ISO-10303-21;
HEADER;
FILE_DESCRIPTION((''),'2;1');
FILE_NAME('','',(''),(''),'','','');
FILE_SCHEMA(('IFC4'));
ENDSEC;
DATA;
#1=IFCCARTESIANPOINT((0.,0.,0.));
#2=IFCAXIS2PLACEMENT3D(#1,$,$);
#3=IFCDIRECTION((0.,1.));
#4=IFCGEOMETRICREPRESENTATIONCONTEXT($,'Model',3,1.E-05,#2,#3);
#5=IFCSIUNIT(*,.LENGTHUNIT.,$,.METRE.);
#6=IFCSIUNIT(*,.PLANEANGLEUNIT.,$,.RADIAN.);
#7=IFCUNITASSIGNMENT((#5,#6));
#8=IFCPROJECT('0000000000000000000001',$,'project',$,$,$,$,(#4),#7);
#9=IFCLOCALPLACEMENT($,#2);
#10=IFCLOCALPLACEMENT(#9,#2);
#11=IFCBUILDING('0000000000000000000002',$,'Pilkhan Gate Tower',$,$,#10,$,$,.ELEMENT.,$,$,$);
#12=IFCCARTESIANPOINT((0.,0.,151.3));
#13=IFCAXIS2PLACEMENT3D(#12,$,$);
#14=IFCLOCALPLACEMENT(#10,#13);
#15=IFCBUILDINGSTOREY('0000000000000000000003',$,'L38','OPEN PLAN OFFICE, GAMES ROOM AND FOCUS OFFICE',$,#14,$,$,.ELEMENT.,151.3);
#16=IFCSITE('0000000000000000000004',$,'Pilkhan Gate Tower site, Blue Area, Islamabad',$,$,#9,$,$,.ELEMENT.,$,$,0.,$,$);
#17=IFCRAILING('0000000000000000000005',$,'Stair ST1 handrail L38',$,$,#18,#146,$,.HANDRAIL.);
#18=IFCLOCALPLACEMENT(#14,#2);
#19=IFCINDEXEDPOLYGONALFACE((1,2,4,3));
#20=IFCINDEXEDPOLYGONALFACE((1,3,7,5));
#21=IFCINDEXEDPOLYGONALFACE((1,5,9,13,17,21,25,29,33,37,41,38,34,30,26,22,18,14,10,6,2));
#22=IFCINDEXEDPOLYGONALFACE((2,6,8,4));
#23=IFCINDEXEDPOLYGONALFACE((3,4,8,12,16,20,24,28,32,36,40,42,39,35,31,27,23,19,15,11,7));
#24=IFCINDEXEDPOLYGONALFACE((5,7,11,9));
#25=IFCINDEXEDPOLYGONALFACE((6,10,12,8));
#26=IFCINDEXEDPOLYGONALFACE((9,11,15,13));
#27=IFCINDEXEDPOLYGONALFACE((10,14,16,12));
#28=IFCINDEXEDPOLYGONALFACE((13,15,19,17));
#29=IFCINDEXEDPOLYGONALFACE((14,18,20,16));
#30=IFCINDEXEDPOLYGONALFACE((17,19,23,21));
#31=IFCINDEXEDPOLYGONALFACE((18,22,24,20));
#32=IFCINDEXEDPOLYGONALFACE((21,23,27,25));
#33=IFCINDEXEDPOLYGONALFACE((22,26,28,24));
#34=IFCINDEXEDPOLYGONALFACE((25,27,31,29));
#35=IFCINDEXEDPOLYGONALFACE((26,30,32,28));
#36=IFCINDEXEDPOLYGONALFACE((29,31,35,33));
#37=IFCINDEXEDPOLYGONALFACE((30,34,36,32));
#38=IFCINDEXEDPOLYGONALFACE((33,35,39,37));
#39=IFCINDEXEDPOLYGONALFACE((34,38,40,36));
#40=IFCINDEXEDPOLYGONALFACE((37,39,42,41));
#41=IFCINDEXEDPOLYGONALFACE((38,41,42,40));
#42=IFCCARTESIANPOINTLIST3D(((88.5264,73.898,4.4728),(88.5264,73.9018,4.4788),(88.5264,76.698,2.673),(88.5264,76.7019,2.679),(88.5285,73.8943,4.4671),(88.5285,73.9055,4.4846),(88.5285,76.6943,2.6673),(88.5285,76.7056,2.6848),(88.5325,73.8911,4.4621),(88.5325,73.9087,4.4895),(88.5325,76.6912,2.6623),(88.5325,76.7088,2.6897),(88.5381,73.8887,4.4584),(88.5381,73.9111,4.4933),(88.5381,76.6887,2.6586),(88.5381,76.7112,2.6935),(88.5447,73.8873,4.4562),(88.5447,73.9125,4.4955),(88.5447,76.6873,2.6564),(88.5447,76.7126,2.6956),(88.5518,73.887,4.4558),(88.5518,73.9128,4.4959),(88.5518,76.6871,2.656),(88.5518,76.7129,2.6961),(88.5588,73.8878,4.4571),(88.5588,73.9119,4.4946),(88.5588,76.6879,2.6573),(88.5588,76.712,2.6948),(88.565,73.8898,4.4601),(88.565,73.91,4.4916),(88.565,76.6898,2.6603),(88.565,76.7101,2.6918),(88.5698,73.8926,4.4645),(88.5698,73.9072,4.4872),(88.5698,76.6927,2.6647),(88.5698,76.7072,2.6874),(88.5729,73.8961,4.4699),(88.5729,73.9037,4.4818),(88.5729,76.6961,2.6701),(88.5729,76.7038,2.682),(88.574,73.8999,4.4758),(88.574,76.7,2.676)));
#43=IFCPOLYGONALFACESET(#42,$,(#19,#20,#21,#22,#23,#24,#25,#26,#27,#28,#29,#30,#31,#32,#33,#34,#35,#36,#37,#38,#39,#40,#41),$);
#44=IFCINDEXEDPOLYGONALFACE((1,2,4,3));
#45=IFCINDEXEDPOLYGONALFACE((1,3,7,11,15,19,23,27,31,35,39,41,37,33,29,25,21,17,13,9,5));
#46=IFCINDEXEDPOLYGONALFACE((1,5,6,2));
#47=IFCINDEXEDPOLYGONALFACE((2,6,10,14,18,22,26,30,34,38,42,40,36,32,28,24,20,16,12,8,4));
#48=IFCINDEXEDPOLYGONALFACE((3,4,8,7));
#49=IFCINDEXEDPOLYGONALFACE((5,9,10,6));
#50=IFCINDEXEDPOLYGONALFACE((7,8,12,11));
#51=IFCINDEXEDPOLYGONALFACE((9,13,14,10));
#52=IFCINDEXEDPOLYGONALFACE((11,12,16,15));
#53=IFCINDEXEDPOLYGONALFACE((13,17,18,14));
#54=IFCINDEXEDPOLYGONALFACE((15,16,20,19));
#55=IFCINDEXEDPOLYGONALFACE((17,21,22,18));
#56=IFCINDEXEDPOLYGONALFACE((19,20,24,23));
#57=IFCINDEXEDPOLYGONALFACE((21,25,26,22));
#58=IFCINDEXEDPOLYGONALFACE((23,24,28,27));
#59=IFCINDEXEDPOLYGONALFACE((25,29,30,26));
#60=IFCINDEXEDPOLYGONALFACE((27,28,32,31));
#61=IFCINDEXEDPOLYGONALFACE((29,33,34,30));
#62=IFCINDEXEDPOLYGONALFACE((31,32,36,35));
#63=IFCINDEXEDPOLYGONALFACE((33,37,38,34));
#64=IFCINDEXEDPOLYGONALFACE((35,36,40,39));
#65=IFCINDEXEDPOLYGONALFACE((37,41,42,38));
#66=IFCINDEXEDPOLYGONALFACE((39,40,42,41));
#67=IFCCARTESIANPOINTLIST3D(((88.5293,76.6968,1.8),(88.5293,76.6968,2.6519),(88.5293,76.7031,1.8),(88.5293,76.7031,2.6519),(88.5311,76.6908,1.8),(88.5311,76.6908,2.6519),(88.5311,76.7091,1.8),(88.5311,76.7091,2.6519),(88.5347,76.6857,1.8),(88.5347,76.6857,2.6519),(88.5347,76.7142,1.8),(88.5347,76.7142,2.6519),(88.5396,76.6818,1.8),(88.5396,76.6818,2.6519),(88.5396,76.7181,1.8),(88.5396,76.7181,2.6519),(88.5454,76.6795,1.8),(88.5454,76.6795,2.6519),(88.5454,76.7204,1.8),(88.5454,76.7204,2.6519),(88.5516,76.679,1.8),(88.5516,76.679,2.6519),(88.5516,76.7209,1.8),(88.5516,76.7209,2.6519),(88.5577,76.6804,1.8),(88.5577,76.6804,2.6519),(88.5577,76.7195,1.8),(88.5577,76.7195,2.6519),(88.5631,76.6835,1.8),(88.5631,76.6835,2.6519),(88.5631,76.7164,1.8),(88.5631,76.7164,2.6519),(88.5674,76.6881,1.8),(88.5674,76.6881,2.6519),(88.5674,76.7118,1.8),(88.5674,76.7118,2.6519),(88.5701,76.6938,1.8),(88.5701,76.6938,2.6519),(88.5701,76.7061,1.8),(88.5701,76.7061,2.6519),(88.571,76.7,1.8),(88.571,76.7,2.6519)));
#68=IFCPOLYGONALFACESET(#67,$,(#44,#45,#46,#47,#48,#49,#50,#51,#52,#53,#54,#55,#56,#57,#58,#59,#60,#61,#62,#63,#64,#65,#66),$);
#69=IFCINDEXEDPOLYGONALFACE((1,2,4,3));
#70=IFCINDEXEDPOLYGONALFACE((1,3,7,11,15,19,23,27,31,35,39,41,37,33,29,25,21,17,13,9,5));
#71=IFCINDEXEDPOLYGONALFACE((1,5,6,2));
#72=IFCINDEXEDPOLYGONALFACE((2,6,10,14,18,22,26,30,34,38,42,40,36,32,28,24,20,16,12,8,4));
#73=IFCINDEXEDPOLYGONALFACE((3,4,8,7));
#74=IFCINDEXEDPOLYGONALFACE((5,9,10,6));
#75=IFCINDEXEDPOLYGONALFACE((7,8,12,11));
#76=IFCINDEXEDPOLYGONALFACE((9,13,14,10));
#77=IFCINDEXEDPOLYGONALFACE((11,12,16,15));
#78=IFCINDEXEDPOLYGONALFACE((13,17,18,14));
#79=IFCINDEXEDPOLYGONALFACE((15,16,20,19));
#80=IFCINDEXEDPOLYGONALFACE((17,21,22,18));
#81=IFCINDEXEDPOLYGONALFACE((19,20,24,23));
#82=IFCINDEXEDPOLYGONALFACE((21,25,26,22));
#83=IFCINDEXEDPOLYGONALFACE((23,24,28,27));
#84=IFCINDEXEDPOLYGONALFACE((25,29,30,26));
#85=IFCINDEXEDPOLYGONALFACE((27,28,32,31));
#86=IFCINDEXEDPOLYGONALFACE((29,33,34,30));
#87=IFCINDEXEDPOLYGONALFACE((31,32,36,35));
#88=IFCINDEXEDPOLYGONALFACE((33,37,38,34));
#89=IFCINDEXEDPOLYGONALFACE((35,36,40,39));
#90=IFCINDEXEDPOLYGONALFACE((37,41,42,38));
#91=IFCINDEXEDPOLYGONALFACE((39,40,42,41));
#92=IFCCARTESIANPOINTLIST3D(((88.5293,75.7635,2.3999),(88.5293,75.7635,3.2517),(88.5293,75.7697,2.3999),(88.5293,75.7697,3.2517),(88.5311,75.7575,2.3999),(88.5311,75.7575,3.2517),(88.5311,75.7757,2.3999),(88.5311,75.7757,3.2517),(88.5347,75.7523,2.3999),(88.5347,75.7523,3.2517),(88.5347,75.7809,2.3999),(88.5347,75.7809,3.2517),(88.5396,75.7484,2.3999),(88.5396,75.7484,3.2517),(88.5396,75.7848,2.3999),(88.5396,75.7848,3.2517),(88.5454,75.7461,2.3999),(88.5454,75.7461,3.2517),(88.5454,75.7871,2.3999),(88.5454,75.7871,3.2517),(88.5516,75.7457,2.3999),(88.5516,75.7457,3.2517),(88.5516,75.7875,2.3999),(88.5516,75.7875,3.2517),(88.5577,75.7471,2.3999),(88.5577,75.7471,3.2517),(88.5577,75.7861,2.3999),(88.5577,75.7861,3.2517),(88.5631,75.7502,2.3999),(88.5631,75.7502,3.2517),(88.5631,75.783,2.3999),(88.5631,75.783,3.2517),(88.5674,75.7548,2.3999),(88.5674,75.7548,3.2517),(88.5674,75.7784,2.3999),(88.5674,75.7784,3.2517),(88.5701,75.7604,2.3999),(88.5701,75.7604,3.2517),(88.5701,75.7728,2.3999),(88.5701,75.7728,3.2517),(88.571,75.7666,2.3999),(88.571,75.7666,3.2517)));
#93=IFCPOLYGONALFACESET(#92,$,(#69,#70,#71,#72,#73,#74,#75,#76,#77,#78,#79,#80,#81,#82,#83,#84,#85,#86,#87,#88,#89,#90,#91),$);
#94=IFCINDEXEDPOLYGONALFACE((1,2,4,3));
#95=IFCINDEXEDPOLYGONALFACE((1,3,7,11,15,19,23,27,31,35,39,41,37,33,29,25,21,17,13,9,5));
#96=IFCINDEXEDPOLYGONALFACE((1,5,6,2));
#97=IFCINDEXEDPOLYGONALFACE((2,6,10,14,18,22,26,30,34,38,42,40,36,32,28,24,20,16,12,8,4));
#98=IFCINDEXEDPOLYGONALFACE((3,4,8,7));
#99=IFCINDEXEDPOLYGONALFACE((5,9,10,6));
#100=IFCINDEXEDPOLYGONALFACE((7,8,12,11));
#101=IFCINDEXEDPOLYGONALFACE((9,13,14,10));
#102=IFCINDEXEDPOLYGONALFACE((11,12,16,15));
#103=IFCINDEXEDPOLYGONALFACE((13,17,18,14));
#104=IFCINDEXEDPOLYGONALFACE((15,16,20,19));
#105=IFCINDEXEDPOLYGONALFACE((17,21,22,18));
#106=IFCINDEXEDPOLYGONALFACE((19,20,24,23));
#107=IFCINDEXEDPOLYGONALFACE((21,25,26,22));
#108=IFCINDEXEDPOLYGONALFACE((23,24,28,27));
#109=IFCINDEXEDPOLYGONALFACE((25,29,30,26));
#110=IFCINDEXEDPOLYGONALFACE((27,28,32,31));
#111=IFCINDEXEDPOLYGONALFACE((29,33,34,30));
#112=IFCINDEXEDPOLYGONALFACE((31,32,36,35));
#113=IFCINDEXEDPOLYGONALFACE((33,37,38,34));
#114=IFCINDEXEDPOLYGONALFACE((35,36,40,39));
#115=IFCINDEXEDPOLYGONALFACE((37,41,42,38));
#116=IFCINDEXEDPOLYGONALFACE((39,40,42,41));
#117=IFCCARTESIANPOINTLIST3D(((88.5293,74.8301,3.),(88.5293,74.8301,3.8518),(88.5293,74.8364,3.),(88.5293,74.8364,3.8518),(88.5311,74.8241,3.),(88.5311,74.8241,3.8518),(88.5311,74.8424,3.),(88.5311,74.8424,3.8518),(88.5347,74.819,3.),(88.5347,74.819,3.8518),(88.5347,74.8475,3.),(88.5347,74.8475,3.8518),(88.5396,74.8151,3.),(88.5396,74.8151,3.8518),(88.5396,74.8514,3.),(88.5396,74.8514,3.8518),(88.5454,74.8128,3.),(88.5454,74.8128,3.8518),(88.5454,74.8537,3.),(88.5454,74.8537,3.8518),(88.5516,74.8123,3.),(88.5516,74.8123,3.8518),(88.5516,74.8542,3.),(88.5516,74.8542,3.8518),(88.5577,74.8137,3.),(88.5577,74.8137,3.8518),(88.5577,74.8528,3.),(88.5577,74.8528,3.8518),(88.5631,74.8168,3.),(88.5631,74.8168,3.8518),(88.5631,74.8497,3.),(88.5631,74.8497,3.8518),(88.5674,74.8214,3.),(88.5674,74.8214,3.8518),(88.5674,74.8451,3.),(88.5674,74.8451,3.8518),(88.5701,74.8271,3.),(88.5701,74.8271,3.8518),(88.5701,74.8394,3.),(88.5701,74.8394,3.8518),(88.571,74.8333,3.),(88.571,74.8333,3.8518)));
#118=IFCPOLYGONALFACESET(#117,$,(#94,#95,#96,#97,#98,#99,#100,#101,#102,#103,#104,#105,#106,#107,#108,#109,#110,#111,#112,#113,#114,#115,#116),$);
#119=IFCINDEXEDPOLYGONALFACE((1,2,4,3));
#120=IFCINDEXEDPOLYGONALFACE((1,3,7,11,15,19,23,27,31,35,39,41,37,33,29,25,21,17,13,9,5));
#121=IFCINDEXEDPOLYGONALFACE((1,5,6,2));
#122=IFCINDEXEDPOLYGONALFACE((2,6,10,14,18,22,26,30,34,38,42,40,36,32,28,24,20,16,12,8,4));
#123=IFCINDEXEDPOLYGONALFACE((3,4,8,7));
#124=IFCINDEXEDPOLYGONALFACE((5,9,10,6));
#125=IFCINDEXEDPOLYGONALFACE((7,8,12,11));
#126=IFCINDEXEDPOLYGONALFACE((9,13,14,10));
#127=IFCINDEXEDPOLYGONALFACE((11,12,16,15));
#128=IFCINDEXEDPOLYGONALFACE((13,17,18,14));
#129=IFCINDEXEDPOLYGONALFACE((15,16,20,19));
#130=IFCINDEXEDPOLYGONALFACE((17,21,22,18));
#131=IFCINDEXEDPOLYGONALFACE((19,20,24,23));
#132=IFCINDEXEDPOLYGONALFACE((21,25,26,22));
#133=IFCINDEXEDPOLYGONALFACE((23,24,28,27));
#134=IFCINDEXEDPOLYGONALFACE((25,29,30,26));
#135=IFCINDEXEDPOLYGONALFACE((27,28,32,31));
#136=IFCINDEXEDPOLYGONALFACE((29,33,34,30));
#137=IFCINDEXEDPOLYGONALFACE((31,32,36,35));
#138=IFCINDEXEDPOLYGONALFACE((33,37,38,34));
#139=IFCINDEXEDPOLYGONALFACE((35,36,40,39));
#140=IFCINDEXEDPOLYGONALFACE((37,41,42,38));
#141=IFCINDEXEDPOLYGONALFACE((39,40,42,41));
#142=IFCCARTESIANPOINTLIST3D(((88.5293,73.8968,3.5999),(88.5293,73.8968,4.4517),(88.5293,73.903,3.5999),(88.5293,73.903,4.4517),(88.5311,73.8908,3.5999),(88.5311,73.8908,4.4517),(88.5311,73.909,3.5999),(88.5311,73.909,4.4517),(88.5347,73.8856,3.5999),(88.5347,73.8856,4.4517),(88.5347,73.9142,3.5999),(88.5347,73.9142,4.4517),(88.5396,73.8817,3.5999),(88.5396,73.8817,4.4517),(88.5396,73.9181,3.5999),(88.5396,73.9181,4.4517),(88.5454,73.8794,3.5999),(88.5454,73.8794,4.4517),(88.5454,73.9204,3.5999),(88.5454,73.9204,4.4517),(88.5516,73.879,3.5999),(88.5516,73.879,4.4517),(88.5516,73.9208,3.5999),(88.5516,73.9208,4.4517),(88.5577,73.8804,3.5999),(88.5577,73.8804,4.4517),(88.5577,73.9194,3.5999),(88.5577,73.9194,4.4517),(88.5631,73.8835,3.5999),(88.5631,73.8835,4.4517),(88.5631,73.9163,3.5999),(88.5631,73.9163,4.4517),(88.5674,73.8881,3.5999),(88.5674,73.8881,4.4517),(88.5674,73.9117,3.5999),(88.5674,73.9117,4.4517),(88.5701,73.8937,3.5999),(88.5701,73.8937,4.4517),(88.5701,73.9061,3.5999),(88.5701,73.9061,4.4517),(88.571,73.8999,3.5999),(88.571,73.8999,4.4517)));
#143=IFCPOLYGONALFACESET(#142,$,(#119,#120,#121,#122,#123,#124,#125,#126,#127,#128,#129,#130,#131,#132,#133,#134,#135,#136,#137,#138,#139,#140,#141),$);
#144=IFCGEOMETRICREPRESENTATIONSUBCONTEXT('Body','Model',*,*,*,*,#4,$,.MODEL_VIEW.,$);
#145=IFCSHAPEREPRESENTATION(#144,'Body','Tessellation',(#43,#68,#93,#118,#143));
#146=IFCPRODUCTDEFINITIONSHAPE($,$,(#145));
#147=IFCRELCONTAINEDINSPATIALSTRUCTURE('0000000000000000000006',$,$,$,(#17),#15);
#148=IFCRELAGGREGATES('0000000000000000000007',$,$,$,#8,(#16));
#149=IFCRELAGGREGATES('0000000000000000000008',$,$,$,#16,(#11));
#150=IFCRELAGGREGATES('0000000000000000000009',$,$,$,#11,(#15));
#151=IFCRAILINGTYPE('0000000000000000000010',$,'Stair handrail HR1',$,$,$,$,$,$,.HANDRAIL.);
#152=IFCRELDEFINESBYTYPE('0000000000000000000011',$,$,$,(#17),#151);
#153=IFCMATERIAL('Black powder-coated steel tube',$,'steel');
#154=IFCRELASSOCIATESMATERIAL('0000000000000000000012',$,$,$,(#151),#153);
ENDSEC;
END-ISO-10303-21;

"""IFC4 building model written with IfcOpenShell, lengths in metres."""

from ifc_helpers import new_model, si_unit, direction, frame, origin, origin_2d, place, context, subcontext, project, spatial, circle, extrude, material, type_object, element, save


model = new_model("IFC4")

# Units and contexts
model_context = context("Model", 3, precision=1e-05, world=origin(), true_north=direction((0.0, 1.0)))
body_context = subcontext(model_context, "Body", "Model", "MODEL_VIEW")
ifc_project = project(units=[si_unit("LENGTHUNIT", "METRE"), si_unit("PLANEANGLEUNIT", "RADIAN")], contexts=[model_context])

# Site, building, storey
site_placement = place(None, origin())
site = spatial("IfcSite", under=ifc_project, at=site_placement, Name="Pilkhan Gate Tower site, Blue Area, Islamabad", CompositionType="ELEMENT", RefElevation=0.0)
building_placement = place(site_placement, origin())
building = spatial("IfcBuilding", under=site, at=building_placement, Name="Pilkhan Gate Tower", CompositionType="ELEMENT")
storey_placement = place(building_placement, frame((0.0, 0.0, 151.3)))
storey = spatial("IfcBuildingStorey", under=building, at=storey_placement, Name="L38", Description="OPEN PLAN OFFICE, GAMES ROOM AND FOCUS OFFICE", CompositionType="ELEMENT", Elevation=151.3)

# Railing
ifc_material_1 = material(Name="Black powder-coated steel tube", Category="steel")
railing_type_1 = type_object("IfcRailingType", Name="Stair handrail HR1", PredefinedType="HANDRAIL", material=ifc_material_1)
railing_placement = place(storey_placement, frame((88.55, 76.7, 1.8)))
element("IfcRailing", 1, at=railing_placement, inside=storey, type_object=railing_type_1, Name="Stair ST1 handrail L38", PredefinedType="HANDRAIL", context=body_context, shape_type="SweptSolid", body=[
    extrude(circle(Radius=0.0239, at=origin_2d()), frame((0.0, 0.0, 0.876), z_axis=(0.0, -0.841209, 0.540709), x_axis=(1.0, 0.0, 0.0)), (0.0, 0.0, 1.0), 3.3286),
    extrude(circle(Radius=0.021, at=origin_2d()), origin(), (0.0, 0.0, 1.0), 0.8518),
    extrude(circle(Radius=0.021, at=origin_2d()), frame((0.0, -0.9333, 0.5999)), (0.0, 0.0, 1.0), 0.8518),
    extrude(circle(Radius=0.021, at=origin_2d()), frame((0.0, -1.8667, 1.2)), (0.0, 0.0, 1.0), 0.8518),
    extrude(circle(Radius=0.021, at=origin_2d()), frame((0.0, -2.8, 1.7998)), (0.0, 0.0, 1.0), 0.8518),
])

save(model, "model.ifc")
